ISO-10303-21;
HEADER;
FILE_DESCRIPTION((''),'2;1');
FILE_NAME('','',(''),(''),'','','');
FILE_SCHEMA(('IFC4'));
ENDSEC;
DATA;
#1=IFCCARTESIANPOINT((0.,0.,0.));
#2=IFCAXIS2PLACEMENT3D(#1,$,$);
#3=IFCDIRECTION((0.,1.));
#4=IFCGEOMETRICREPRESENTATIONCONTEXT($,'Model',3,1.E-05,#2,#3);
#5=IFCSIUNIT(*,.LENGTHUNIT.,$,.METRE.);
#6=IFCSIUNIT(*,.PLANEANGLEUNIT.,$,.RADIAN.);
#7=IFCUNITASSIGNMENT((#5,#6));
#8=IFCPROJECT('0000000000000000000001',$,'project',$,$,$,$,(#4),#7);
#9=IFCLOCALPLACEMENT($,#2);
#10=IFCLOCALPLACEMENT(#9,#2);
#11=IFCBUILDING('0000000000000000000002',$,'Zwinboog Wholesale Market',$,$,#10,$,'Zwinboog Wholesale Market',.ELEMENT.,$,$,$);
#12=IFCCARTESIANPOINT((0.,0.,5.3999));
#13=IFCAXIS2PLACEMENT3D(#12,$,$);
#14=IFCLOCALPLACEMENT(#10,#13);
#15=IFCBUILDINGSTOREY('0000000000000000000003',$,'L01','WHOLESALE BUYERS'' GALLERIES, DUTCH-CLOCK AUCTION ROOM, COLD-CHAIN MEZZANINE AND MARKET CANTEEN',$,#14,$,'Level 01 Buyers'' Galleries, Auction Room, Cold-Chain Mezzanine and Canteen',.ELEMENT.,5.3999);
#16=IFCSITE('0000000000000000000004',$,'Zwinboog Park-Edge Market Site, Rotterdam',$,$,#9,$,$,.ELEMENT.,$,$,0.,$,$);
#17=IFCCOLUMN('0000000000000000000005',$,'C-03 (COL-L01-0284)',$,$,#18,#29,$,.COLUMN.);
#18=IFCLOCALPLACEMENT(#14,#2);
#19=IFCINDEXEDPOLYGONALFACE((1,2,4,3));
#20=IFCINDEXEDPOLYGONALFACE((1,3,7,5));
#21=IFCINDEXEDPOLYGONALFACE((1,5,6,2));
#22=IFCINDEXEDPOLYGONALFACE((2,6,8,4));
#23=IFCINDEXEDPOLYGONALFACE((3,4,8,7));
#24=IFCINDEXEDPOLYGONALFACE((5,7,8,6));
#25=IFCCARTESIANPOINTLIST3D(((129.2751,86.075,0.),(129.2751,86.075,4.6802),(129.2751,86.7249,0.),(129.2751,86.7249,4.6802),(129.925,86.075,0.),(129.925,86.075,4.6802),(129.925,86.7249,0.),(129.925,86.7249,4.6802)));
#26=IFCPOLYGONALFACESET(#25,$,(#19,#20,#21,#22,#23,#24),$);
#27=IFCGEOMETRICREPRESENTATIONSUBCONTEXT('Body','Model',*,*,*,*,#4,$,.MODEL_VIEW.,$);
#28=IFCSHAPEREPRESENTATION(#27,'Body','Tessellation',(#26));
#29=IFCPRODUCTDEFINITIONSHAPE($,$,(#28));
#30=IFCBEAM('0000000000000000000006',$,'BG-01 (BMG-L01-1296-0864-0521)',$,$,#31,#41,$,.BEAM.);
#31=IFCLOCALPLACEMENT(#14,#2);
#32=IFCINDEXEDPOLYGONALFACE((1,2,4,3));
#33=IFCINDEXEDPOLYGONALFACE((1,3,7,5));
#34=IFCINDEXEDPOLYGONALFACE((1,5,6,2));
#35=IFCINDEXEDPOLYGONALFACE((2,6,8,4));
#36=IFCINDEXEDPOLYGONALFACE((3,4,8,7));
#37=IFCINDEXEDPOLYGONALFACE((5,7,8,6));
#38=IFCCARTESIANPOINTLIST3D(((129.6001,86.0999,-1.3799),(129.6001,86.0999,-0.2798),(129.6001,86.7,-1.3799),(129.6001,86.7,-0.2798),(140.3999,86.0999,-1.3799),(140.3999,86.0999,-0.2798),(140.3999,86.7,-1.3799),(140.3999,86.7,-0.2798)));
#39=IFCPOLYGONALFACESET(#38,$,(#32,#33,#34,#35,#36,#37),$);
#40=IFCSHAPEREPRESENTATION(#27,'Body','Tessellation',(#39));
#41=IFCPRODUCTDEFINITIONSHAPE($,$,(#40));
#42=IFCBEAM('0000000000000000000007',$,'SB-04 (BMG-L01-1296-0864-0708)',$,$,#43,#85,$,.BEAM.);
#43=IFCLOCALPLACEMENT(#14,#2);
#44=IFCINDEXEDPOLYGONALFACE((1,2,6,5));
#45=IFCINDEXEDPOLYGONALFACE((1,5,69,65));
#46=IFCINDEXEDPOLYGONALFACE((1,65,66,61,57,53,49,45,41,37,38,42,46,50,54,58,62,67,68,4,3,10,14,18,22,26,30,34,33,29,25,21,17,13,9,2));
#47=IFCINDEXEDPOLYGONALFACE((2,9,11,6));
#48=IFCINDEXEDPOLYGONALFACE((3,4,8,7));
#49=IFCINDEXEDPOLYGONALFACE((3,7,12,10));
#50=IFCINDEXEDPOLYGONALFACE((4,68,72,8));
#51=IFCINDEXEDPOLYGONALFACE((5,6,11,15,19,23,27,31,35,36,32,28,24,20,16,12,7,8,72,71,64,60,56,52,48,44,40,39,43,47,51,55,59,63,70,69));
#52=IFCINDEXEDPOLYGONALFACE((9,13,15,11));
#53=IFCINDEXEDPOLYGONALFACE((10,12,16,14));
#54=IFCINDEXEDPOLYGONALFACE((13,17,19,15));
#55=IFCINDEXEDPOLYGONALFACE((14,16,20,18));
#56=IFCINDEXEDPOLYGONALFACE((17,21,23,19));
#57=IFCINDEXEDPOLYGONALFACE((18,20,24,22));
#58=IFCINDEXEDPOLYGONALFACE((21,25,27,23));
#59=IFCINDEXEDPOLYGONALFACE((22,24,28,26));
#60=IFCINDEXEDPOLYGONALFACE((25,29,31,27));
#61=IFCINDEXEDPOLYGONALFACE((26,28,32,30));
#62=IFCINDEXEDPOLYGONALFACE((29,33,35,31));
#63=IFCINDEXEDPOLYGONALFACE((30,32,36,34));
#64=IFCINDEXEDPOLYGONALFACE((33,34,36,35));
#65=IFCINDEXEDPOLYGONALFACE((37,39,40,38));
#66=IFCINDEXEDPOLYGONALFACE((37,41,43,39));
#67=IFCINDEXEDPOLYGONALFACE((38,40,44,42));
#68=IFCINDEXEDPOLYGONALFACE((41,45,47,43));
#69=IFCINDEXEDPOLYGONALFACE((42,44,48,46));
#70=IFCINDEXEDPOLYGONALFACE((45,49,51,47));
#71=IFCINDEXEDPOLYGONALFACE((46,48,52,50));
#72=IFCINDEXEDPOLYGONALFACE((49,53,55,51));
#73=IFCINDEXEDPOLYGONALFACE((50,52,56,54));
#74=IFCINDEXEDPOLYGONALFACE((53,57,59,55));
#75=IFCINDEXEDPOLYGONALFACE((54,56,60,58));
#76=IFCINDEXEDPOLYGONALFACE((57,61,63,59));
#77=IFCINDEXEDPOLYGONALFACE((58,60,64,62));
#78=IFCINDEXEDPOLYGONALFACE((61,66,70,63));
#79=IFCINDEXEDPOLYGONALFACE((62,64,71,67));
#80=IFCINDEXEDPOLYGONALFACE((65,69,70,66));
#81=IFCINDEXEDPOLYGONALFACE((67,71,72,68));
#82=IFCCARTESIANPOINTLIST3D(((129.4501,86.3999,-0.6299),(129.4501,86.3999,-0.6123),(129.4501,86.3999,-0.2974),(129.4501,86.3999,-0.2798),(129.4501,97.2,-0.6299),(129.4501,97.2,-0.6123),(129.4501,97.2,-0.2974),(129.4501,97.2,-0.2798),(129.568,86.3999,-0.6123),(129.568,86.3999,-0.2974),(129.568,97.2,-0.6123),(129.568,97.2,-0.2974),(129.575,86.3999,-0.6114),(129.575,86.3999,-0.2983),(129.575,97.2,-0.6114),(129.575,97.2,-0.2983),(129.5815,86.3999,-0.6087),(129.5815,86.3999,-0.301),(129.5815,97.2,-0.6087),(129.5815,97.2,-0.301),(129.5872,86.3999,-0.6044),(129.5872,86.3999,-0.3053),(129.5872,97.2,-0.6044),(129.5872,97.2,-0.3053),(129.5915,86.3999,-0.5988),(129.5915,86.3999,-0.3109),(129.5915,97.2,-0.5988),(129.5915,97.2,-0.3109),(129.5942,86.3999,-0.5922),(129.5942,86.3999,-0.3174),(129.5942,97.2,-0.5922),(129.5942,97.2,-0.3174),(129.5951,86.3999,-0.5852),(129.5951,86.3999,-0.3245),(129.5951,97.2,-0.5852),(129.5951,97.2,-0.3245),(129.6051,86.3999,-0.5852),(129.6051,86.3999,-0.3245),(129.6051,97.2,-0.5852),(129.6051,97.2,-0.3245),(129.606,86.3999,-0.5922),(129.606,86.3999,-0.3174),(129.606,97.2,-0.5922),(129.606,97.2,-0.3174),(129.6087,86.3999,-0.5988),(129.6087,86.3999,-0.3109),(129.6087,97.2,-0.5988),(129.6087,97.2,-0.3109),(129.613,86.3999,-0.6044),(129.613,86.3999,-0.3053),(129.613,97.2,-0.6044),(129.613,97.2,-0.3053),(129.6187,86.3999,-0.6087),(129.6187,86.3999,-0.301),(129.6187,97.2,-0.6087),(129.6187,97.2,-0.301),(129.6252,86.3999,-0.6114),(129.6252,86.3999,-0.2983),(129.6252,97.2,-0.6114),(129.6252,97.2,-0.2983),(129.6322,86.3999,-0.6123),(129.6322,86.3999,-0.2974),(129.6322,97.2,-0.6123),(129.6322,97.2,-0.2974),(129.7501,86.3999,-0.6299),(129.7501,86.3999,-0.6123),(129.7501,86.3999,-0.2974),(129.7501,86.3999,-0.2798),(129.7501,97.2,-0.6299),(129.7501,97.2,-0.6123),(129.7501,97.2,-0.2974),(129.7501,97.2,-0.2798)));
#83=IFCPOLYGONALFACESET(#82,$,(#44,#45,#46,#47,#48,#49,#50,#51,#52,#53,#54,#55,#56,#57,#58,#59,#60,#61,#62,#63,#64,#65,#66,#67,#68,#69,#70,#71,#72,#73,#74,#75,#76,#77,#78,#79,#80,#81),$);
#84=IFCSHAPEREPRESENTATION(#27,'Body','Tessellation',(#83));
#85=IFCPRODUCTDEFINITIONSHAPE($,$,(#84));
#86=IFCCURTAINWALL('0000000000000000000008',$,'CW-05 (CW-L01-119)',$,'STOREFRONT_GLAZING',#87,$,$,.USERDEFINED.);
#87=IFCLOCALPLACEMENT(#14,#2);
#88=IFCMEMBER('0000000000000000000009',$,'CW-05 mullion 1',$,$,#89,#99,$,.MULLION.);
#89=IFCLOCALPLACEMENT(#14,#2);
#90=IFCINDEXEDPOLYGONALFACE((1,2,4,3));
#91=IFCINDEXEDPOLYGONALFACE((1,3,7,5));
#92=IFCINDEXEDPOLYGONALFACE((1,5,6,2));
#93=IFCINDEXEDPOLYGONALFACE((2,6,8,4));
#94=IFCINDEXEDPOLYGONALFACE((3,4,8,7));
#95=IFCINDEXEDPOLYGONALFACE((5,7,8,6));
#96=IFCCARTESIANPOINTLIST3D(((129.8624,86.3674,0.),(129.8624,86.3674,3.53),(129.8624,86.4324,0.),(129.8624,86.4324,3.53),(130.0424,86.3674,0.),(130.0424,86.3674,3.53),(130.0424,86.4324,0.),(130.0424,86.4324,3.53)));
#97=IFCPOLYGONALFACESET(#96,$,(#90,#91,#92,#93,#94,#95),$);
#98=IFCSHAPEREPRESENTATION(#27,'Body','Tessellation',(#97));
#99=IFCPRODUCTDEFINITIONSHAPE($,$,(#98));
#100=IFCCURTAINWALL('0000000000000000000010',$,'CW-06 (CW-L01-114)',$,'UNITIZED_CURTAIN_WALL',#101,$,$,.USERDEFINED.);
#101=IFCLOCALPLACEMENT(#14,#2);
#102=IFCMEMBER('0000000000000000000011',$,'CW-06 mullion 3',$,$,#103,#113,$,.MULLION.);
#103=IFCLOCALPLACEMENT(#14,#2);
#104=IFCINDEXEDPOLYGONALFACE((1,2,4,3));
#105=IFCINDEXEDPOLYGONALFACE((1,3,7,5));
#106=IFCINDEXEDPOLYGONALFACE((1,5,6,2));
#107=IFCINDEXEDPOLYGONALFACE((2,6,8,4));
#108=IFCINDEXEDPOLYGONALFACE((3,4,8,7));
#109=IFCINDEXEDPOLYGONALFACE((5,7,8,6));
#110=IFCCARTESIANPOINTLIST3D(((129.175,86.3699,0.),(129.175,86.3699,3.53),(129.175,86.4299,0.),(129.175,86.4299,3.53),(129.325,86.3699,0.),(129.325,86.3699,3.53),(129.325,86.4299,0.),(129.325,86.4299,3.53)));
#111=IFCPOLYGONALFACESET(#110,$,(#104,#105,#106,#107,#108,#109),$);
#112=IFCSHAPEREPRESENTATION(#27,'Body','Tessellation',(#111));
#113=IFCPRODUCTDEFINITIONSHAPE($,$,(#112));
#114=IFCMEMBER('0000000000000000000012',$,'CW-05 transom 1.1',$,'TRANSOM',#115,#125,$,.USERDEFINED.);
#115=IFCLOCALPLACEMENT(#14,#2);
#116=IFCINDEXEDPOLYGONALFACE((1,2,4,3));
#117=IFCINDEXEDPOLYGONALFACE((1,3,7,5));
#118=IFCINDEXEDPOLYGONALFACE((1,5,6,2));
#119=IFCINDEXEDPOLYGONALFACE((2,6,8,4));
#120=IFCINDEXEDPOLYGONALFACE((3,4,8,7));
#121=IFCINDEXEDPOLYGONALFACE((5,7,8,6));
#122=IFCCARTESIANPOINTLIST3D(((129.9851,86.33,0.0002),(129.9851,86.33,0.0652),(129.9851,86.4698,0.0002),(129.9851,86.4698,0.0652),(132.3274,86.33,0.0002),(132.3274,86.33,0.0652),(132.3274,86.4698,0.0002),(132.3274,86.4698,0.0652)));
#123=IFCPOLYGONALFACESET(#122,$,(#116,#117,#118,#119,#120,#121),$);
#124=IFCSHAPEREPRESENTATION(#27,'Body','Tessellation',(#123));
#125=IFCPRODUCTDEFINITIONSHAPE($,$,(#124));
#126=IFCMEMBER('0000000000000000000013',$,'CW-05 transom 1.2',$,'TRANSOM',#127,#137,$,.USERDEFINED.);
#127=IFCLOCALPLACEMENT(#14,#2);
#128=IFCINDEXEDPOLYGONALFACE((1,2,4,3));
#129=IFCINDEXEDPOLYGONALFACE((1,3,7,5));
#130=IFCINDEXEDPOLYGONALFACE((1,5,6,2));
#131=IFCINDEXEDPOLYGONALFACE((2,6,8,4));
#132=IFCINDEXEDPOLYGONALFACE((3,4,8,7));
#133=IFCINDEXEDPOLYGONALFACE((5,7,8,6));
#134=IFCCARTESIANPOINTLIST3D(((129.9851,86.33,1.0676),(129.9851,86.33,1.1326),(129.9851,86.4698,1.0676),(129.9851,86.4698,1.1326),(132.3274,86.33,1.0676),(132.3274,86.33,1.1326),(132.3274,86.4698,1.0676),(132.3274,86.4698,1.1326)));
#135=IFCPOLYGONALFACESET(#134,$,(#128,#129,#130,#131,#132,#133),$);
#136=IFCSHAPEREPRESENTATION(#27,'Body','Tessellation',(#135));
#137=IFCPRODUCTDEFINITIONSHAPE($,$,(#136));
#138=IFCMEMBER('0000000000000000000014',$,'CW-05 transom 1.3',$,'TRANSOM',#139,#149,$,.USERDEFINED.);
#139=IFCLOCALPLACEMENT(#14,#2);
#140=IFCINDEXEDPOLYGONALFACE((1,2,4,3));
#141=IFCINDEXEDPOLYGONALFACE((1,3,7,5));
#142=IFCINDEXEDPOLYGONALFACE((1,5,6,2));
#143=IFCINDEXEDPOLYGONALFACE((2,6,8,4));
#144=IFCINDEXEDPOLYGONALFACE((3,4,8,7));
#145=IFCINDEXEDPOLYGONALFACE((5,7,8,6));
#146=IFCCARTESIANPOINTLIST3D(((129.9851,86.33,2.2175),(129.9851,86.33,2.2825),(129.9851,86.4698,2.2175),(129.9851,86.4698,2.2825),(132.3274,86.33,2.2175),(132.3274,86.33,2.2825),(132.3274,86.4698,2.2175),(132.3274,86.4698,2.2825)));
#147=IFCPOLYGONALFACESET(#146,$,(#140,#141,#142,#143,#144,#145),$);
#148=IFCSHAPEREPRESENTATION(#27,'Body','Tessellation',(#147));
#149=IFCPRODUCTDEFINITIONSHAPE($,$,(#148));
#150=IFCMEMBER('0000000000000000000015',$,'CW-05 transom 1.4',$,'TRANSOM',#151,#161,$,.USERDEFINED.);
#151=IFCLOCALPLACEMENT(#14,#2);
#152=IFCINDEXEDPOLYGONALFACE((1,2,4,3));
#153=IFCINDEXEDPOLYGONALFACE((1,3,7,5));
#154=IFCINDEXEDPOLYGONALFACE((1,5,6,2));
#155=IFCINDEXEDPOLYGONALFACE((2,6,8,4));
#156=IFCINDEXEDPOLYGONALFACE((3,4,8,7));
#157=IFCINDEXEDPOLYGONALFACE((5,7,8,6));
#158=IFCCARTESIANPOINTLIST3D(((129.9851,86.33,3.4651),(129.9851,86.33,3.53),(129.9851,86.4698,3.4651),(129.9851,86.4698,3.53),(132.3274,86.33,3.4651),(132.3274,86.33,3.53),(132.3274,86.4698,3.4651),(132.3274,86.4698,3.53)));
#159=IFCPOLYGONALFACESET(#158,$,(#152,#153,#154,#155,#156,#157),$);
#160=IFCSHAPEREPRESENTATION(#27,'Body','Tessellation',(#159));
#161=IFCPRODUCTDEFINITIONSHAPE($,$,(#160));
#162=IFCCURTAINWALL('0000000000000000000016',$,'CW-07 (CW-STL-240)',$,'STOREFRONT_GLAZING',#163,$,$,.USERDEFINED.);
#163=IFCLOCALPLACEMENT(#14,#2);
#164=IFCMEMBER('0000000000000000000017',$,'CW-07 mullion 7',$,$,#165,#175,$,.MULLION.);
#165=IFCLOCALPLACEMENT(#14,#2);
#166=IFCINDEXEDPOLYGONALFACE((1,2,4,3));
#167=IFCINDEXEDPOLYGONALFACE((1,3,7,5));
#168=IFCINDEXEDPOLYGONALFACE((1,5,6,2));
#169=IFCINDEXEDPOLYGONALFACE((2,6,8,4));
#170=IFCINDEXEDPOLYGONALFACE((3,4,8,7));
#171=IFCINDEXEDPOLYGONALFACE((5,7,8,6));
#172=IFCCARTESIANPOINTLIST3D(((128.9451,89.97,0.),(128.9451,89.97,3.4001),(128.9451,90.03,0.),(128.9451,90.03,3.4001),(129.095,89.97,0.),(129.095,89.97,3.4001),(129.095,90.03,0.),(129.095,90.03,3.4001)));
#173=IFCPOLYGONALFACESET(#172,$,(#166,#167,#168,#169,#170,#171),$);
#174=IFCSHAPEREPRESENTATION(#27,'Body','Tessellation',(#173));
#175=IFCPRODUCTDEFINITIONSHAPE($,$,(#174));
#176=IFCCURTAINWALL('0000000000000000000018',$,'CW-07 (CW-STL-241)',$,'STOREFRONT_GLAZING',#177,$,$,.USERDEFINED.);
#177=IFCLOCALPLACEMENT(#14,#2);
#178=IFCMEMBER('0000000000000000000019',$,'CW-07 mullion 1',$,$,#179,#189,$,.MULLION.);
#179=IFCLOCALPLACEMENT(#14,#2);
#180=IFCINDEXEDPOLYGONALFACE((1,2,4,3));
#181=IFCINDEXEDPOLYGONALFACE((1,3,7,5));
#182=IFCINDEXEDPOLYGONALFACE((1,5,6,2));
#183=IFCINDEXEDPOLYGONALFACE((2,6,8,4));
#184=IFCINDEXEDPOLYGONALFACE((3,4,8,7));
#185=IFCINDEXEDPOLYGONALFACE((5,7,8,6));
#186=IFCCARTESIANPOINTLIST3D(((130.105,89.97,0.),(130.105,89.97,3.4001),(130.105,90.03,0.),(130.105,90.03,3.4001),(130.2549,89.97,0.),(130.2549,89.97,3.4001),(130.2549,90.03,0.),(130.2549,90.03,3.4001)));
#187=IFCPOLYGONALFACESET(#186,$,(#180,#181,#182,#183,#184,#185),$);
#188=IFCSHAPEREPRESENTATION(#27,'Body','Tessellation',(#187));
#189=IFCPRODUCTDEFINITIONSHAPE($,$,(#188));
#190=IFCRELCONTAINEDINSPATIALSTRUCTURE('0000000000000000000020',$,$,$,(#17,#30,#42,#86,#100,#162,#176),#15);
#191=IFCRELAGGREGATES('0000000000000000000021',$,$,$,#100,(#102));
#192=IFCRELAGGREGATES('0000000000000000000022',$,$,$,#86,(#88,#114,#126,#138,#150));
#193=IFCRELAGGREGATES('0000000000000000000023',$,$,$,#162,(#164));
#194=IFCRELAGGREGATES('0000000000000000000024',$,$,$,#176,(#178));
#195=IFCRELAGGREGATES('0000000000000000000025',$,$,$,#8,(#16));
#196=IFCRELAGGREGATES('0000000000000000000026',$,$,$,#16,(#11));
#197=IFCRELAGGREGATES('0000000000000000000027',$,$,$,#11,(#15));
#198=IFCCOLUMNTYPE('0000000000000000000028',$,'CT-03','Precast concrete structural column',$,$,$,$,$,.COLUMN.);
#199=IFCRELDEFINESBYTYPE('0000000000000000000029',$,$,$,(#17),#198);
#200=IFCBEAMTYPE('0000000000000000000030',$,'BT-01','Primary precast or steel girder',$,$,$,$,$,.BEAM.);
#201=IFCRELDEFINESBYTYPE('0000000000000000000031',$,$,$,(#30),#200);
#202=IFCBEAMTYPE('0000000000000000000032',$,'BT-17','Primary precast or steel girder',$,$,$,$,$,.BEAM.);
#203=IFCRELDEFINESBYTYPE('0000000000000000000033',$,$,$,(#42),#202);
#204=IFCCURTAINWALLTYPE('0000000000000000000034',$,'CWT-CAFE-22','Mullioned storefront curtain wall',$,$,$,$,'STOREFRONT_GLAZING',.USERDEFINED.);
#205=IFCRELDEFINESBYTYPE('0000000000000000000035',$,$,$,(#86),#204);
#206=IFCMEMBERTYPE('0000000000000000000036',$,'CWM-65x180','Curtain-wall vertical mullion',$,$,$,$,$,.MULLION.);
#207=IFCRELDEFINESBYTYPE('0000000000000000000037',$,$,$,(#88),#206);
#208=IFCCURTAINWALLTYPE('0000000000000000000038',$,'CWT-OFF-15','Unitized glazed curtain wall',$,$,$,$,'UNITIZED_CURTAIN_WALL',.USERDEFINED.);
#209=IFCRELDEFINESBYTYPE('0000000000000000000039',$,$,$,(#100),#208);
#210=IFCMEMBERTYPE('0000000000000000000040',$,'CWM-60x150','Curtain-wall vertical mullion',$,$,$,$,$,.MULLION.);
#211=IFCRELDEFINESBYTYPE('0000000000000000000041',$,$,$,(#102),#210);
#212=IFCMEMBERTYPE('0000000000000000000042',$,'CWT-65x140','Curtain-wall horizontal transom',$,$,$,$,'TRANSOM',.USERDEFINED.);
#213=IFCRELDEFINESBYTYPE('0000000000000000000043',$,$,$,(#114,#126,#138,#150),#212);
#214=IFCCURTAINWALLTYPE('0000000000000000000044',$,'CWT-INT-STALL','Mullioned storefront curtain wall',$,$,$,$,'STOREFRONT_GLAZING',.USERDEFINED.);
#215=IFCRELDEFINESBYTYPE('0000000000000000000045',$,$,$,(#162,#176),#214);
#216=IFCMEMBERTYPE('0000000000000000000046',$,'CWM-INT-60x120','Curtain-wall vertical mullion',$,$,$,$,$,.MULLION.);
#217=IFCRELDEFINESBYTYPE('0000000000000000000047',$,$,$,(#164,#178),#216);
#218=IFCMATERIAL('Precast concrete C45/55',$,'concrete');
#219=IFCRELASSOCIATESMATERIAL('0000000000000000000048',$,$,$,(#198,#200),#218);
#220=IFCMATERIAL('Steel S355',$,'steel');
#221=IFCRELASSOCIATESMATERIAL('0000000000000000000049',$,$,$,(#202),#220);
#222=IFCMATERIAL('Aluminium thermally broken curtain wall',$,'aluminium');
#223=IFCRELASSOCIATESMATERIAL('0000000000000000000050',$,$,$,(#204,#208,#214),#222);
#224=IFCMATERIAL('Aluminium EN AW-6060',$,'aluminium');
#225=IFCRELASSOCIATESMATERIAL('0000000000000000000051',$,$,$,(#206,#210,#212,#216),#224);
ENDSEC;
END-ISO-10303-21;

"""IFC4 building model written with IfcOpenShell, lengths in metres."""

from ifc_helpers import new_model, si_unit, direction, frame, origin, origin_2d, place, context, subcontext, project, spatial, rectangle, i_section, extrude, material, material_profile, profile_set, type_object, element, aggregate, save


model = new_model("IFC4")

# Units and contexts
model_context = context("Model", 3, precision=1e-05, world=origin(), true_north=direction((0.0, 1.0)))
body_context = subcontext(model_context, "Body", "Model", "MODEL_VIEW")
ifc_project = project(units=[si_unit("LENGTHUNIT", "METRE"), si_unit("PLANEANGLEUNIT", "RADIAN")], contexts=[model_context])

# Site, building, storey
site_placement = place(None, origin())
site = spatial("IfcSite", under=ifc_project, at=site_placement, Name="Zwinboog Park-Edge Market Site, Rotterdam", CompositionType="ELEMENT", RefElevation=0.0)
building_placement = place(site_placement, origin())
building = spatial("IfcBuilding", under=site, at=building_placement, Name="Zwinboog Wholesale Market", LongName="Zwinboog Wholesale Market", CompositionType="ELEMENT")
storey_placement = place(building_placement, frame((0.0, 0.0, 5.3999)))
storey = spatial("IfcBuildingStorey", under=building, at=storey_placement, Name="L01", Description="WHOLESALE BUYERS' GALLERIES, DUTCH-CLOCK AUCTION ROOM, COLD-CHAIN MEZZANINE AND MARKET CANTEEN", LongName="Level 01 Buyers' Galleries, Auction Room, Cold-Chain Mezzanine and Canteen", CompositionType="ELEMENT", Elevation=5.3999)

# Column
ifc_material_1 = material(Name="Precast concrete C45/55", Category="concrete")
ifc_material_profile_1 = material_profile(ifc_material_1, rectangle(XDim=0.6499, YDim=0.6499, at=origin_2d()), Name="PC 650x650")
ifc_profile_set_1 = profile_set([ifc_material_profile_1], Name="Precast concrete C45/55")
column_type = type_object("IfcColumnType", Name="CT-03", Description="Precast concrete structural column", PredefinedType="COLUMN", material=ifc_profile_set_1)
column_placement = place(storey_placement, frame((129.6001, 86.3999, 0.0), z_axis=(0.0, 0.0, 1.0), x_axis=(1.0, 0.0, 0.0)))
element("IfcColumn", 1, at=column_placement, inside=storey, type_object=column_type, Name="C-03 (COL-L01-0284)", PredefinedType="COLUMN", context=body_context, shape_type="SweptSolid", body=[
    extrude(rectangle(XDim=0.6499, YDim=0.6499, at=origin_2d()), origin(), (0.0, 0.0, 1.0), 4.6802),
])

# Beams
ifc_material_profile_2 = material_profile(ifc_material_1, rectangle(XDim=0.6001, YDim=1.1001, at=origin_2d()), Name="PC 600x1100")
ifc_profile_set_2 = profile_set([ifc_material_profile_2], Name="Precast concrete C45/55")
beam_type_1 = type_object("IfcBeamType", Name="BT-01", Description="Primary precast or steel girder", PredefinedType="BEAM", material=ifc_profile_set_2)
beam_1_placement = place(storey_placement, frame((129.6001, 86.3999, -0.8298), z_axis=(1.0, 0.0, 0.0), x_axis=(0.0, 1.0, 0.0)))
element("IfcBeam", 2, at=beam_1_placement, inside=storey, type_object=beam_type_1, Name="BG-01 (BMG-L01-1296-0864-0521)", PredefinedType="BEAM", context=body_context, shape_type="SweptSolid", body=[
    extrude(rectangle(XDim=0.6001, YDim=1.1001, at=origin_2d()), origin(), (0.0, 0.0, 1.0), 10.7998),
])
ifc_material_2 = material(Name="Steel S355", Category="steel")
ifc_material_profile_3 = material_profile(ifc_material_2, i_section(OverallWidth=0.3, OverallDepth=0.3501, WebThickness=0.01, FlangeThickness=0.0176, FilletRadius=0.0271, at=origin_2d()), Name="HEA 360")
ifc_profile_set_3 = profile_set([ifc_material_profile_3], Name="Steel S355")
beam_type_2 = type_object("IfcBeamType", Name="BT-17", Description="Primary precast or steel girder", PredefinedType="BEAM", material=ifc_profile_set_3)
beam_2_placement = place(storey_placement, frame((129.6001, 86.3999, -0.4548), z_axis=(0.0, 1.0, 0.0), x_axis=(-1.0, 0.0, 0.0)))
element("IfcBeam", 3, at=beam_2_placement, inside=storey, type_object=beam_type_2, Name="SB-04 (BMG-L01-1296-0864-0708)", PredefinedType="BEAM", context=body_context, shape_type="SweptSolid", body=[
    extrude(i_section(OverallWidth=0.3, OverallDepth=0.3501, WebThickness=0.01, FlangeThickness=0.0176, FilletRadius=0.0271, at=origin_2d()), origin(), (0.0, 0.0, 1.0), 10.8),
])

# Curtain walls, members
ifc_material_3 = material(Name="Aluminium thermally broken curtain wall", Category="aluminium")
curtain_wall_type_1 = type_object("IfcCurtainWallType", Name="CWT-CAFE-22", Description="Mullioned storefront curtain wall", ElementType="STOREFRONT_GLAZING", PredefinedType="USERDEFINED", material=ifc_material_3)
curtain_wall_1_placement = place(storey_placement, origin())
curtain_wall_1 = element("IfcCurtainWall", 4, at=curtain_wall_1_placement, inside=storey, type_object=curtain_wall_type_1, Name="CW-05 (CW-L01-119)", ObjectType="STOREFRONT_GLAZING", PredefinedType="USERDEFINED")
ifc_material_4 = material(Name="Aluminium EN AW-6060", Category="aluminium")
ifc_material_profile_4 = material_profile(ifc_material_4, rectangle(XDim=0.0649, YDim=0.1799, at=origin_2d()), Name="AL 65x180")
ifc_profile_set_4 = profile_set([ifc_material_profile_4], Name="Aluminium EN AW-6060")
member_type_1 = type_object("IfcMemberType", Name="CWM-65x180", Description="Curtain-wall vertical mullion", PredefinedType="MULLION", material=ifc_profile_set_4)
member_1_placement = place(storey_placement, frame((129.9524, 86.3999, 0.0), z_axis=(0.0, 0.0, 1.0), x_axis=(0.0, 1.0, 0.0)))
member_1 = element("IfcMember", 5, at=member_1_placement, type_object=member_type_1, Name="CW-05 mullion 1", PredefinedType="MULLION", context=body_context, shape_type="SweptSolid", body=[
    extrude(rectangle(XDim=0.0649, YDim=0.1799, at=origin_2d()), origin(), (0.0, 0.0, 1.0), 3.53),
])
curtain_wall_type_2 = type_object("IfcCurtainWallType", Name="CWT-OFF-15", Description="Unitized glazed curtain wall", ElementType="UNITIZED_CURTAIN_WALL", PredefinedType="USERDEFINED", material=ifc_material_3)
curtain_wall_2_placement = place(storey_placement, origin())
curtain_wall_2 = element("IfcCurtainWall", 6, at=curtain_wall_2_placement, inside=storey, type_object=curtain_wall_type_2, Name="CW-06 (CW-L01-114)", ObjectType="UNITIZED_CURTAIN_WALL", PredefinedType="USERDEFINED")
ifc_material_profile_5 = material_profile(ifc_material_4, rectangle(XDim=0.0601, YDim=0.1499, at=origin_2d()), Name="AL 60x150")
ifc_profile_set_5 = profile_set([ifc_material_profile_5], Name="Aluminium EN AW-6060")
member_type_2 = type_object("IfcMemberType", Name="CWM-60x150", Description="Curtain-wall vertical mullion", PredefinedType="MULLION", material=ifc_profile_set_5)
member_2_placement = place(storey_placement, frame((129.25, 86.3999, 0.0), z_axis=(0.0, 0.0, 1.0), x_axis=(0.0, 1.0, 0.0)))
member_2 = element("IfcMember", 7, at=member_2_placement, type_object=member_type_2, Name="CW-06 mullion 3", PredefinedType="MULLION", context=body_context, shape_type="SweptSolid", body=[
    extrude(rectangle(XDim=0.0601, YDim=0.1499, at=origin_2d()), origin(), (0.0, 0.0, 1.0), 3.53),
])
aggregate(curtain_wall_2, [member_2])

# Members
ifc_material_profile_6 = material_profile(ifc_material_4, rectangle(XDim=0.1399, YDim=0.0649, at=origin_2d()), Name="AL 65x140")
ifc_profile_set_6 = profile_set([ifc_material_profile_6], Name="Aluminium EN AW-6060")
member_type_3 = type_object("IfcMemberType", Name="CWT-65x140", Description="Curtain-wall horizontal transom", ElementType="TRANSOM", PredefinedType="USERDEFINED", material=ifc_profile_set_6)
member_3_placement = place(storey_placement, frame((129.9851, 86.3999, 0.0327), z_axis=(1.0, 0.0, 0.0), x_axis=(0.0, 1.0, 0.0)))
member_3 = element("IfcMember", 8, at=member_3_placement, type_object=member_type_3, Name="CW-05 transom 1.1", ObjectType="TRANSOM", PredefinedType="USERDEFINED", context=body_context, shape_type="SweptSolid", body=[
    extrude(rectangle(XDim=0.1399, YDim=0.0649, at=origin_2d()), origin(), (0.0, 0.0, 1.0), 2.3423),
])
member_4_placement = place(storey_placement, frame((129.9851, 86.3999, 1.1001), z_axis=(1.0, 0.0, 0.0), x_axis=(0.0, 1.0, 0.0)))
member_4 = element("IfcMember", 9, at=member_4_placement, type_object=member_type_3, Name="CW-05 transom 1.2", ObjectType="TRANSOM", PredefinedType="USERDEFINED", context=body_context, shape_type="SweptSolid", body=[
    extrude(rectangle(XDim=0.1399, YDim=0.0649, at=origin_2d()), origin(), (0.0, 0.0, 1.0), 2.3423),
])
member_5_placement = place(storey_placement, frame((129.9851, 86.3999, 2.25), z_axis=(1.0, 0.0, 0.0), x_axis=(0.0, 1.0, 0.0)))
member_5 = element("IfcMember", 10, at=member_5_placement, type_object=member_type_3, Name="CW-05 transom 1.3", ObjectType="TRANSOM", PredefinedType="USERDEFINED", context=body_context, shape_type="SweptSolid", body=[
    extrude(rectangle(XDim=0.1399, YDim=0.0649, at=origin_2d()), origin(), (0.0, 0.0, 1.0), 2.3423),
])
member_6_placement = place(storey_placement, frame((129.9851, 86.3999, 3.4976), z_axis=(1.0, 0.0, 0.0), x_axis=(0.0, 1.0, 0.0)))
member_6 = element("IfcMember", 11, at=member_6_placement, type_object=member_type_3, Name="CW-05 transom 1.4", ObjectType="TRANSOM", PredefinedType="USERDEFINED", context=body_context, shape_type="SweptSolid", body=[
    extrude(rectangle(XDim=0.1399, YDim=0.0649, at=origin_2d()), origin(), (0.0, 0.0, 1.0), 2.3423),
])
aggregate(curtain_wall_1, [member_1, member_3, member_4, member_5, member_6])

# Curtain wall, member
curtain_wall_type_3 = type_object("IfcCurtainWallType", Name="CWT-INT-STALL", Description="Mullioned storefront curtain wall", ElementType="STOREFRONT_GLAZING", PredefinedType="USERDEFINED", material=ifc_material_3)
curtain_wall_3_placement = place(storey_placement, origin())
curtain_wall_3 = element("IfcCurtainWall", 12, at=curtain_wall_3_placement, inside=storey, type_object=curtain_wall_type_3, Name="CW-07 (CW-STL-240)", ObjectType="STOREFRONT_GLAZING", PredefinedType="USERDEFINED")
ifc_material_profile_7 = material_profile(ifc_material_4, rectangle(XDim=0.0601, YDim=0.1499, at=origin_2d()), Name="AL 60x150")
ifc_profile_set_7 = profile_set([ifc_material_profile_7], Name="Aluminium EN AW-6060")
member_type_4 = type_object("IfcMemberType", Name="CWM-INT-60x120", Description="Curtain-wall vertical mullion", PredefinedType="MULLION", material=ifc_profile_set_7)
member_7_placement = place(storey_placement, frame((129.02, 90.0, 0.0), z_axis=(0.0, 0.0, 1.0), x_axis=(0.0, 1.0, 0.0)))
member_7 = element("IfcMember", 13, at=member_7_placement, type_object=member_type_4, Name="CW-07 mullion 7", PredefinedType="MULLION", context=body_context, shape_type="SweptSolid", body=[
    extrude(rectangle(XDim=0.0601, YDim=0.1499, at=origin_2d()), origin(), (0.0, 0.0, 1.0), 3.4001),
])

# Curtain wall, member
curtain_wall_4_placement = place(storey_placement, origin())
curtain_wall_4 = element("IfcCurtainWall", 14, at=curtain_wall_4_placement, inside=storey, type_object=curtain_wall_type_3, Name="CW-07 (CW-STL-241)", ObjectType="STOREFRONT_GLAZING", PredefinedType="USERDEFINED")
member_8_placement = place(storey_placement, frame((130.1799, 90.0, 0.0), z_axis=(0.0, 0.0, 1.0), x_axis=(0.0, 1.0, 0.0)))
member_8 = element("IfcMember", 15, at=member_8_placement, type_object=member_type_4, Name="CW-07 mullion 1", PredefinedType="MULLION", context=body_context, shape_type="SweptSolid", body=[
    extrude(rectangle(XDim=0.0601, YDim=0.1499, at=origin_2d()), origin(), (0.0, 0.0, 1.0), 3.4001),
])

aggregate(curtain_wall_3, [member_7])
aggregate(curtain_wall_4, [member_8])

save(model, "model.ifc")
